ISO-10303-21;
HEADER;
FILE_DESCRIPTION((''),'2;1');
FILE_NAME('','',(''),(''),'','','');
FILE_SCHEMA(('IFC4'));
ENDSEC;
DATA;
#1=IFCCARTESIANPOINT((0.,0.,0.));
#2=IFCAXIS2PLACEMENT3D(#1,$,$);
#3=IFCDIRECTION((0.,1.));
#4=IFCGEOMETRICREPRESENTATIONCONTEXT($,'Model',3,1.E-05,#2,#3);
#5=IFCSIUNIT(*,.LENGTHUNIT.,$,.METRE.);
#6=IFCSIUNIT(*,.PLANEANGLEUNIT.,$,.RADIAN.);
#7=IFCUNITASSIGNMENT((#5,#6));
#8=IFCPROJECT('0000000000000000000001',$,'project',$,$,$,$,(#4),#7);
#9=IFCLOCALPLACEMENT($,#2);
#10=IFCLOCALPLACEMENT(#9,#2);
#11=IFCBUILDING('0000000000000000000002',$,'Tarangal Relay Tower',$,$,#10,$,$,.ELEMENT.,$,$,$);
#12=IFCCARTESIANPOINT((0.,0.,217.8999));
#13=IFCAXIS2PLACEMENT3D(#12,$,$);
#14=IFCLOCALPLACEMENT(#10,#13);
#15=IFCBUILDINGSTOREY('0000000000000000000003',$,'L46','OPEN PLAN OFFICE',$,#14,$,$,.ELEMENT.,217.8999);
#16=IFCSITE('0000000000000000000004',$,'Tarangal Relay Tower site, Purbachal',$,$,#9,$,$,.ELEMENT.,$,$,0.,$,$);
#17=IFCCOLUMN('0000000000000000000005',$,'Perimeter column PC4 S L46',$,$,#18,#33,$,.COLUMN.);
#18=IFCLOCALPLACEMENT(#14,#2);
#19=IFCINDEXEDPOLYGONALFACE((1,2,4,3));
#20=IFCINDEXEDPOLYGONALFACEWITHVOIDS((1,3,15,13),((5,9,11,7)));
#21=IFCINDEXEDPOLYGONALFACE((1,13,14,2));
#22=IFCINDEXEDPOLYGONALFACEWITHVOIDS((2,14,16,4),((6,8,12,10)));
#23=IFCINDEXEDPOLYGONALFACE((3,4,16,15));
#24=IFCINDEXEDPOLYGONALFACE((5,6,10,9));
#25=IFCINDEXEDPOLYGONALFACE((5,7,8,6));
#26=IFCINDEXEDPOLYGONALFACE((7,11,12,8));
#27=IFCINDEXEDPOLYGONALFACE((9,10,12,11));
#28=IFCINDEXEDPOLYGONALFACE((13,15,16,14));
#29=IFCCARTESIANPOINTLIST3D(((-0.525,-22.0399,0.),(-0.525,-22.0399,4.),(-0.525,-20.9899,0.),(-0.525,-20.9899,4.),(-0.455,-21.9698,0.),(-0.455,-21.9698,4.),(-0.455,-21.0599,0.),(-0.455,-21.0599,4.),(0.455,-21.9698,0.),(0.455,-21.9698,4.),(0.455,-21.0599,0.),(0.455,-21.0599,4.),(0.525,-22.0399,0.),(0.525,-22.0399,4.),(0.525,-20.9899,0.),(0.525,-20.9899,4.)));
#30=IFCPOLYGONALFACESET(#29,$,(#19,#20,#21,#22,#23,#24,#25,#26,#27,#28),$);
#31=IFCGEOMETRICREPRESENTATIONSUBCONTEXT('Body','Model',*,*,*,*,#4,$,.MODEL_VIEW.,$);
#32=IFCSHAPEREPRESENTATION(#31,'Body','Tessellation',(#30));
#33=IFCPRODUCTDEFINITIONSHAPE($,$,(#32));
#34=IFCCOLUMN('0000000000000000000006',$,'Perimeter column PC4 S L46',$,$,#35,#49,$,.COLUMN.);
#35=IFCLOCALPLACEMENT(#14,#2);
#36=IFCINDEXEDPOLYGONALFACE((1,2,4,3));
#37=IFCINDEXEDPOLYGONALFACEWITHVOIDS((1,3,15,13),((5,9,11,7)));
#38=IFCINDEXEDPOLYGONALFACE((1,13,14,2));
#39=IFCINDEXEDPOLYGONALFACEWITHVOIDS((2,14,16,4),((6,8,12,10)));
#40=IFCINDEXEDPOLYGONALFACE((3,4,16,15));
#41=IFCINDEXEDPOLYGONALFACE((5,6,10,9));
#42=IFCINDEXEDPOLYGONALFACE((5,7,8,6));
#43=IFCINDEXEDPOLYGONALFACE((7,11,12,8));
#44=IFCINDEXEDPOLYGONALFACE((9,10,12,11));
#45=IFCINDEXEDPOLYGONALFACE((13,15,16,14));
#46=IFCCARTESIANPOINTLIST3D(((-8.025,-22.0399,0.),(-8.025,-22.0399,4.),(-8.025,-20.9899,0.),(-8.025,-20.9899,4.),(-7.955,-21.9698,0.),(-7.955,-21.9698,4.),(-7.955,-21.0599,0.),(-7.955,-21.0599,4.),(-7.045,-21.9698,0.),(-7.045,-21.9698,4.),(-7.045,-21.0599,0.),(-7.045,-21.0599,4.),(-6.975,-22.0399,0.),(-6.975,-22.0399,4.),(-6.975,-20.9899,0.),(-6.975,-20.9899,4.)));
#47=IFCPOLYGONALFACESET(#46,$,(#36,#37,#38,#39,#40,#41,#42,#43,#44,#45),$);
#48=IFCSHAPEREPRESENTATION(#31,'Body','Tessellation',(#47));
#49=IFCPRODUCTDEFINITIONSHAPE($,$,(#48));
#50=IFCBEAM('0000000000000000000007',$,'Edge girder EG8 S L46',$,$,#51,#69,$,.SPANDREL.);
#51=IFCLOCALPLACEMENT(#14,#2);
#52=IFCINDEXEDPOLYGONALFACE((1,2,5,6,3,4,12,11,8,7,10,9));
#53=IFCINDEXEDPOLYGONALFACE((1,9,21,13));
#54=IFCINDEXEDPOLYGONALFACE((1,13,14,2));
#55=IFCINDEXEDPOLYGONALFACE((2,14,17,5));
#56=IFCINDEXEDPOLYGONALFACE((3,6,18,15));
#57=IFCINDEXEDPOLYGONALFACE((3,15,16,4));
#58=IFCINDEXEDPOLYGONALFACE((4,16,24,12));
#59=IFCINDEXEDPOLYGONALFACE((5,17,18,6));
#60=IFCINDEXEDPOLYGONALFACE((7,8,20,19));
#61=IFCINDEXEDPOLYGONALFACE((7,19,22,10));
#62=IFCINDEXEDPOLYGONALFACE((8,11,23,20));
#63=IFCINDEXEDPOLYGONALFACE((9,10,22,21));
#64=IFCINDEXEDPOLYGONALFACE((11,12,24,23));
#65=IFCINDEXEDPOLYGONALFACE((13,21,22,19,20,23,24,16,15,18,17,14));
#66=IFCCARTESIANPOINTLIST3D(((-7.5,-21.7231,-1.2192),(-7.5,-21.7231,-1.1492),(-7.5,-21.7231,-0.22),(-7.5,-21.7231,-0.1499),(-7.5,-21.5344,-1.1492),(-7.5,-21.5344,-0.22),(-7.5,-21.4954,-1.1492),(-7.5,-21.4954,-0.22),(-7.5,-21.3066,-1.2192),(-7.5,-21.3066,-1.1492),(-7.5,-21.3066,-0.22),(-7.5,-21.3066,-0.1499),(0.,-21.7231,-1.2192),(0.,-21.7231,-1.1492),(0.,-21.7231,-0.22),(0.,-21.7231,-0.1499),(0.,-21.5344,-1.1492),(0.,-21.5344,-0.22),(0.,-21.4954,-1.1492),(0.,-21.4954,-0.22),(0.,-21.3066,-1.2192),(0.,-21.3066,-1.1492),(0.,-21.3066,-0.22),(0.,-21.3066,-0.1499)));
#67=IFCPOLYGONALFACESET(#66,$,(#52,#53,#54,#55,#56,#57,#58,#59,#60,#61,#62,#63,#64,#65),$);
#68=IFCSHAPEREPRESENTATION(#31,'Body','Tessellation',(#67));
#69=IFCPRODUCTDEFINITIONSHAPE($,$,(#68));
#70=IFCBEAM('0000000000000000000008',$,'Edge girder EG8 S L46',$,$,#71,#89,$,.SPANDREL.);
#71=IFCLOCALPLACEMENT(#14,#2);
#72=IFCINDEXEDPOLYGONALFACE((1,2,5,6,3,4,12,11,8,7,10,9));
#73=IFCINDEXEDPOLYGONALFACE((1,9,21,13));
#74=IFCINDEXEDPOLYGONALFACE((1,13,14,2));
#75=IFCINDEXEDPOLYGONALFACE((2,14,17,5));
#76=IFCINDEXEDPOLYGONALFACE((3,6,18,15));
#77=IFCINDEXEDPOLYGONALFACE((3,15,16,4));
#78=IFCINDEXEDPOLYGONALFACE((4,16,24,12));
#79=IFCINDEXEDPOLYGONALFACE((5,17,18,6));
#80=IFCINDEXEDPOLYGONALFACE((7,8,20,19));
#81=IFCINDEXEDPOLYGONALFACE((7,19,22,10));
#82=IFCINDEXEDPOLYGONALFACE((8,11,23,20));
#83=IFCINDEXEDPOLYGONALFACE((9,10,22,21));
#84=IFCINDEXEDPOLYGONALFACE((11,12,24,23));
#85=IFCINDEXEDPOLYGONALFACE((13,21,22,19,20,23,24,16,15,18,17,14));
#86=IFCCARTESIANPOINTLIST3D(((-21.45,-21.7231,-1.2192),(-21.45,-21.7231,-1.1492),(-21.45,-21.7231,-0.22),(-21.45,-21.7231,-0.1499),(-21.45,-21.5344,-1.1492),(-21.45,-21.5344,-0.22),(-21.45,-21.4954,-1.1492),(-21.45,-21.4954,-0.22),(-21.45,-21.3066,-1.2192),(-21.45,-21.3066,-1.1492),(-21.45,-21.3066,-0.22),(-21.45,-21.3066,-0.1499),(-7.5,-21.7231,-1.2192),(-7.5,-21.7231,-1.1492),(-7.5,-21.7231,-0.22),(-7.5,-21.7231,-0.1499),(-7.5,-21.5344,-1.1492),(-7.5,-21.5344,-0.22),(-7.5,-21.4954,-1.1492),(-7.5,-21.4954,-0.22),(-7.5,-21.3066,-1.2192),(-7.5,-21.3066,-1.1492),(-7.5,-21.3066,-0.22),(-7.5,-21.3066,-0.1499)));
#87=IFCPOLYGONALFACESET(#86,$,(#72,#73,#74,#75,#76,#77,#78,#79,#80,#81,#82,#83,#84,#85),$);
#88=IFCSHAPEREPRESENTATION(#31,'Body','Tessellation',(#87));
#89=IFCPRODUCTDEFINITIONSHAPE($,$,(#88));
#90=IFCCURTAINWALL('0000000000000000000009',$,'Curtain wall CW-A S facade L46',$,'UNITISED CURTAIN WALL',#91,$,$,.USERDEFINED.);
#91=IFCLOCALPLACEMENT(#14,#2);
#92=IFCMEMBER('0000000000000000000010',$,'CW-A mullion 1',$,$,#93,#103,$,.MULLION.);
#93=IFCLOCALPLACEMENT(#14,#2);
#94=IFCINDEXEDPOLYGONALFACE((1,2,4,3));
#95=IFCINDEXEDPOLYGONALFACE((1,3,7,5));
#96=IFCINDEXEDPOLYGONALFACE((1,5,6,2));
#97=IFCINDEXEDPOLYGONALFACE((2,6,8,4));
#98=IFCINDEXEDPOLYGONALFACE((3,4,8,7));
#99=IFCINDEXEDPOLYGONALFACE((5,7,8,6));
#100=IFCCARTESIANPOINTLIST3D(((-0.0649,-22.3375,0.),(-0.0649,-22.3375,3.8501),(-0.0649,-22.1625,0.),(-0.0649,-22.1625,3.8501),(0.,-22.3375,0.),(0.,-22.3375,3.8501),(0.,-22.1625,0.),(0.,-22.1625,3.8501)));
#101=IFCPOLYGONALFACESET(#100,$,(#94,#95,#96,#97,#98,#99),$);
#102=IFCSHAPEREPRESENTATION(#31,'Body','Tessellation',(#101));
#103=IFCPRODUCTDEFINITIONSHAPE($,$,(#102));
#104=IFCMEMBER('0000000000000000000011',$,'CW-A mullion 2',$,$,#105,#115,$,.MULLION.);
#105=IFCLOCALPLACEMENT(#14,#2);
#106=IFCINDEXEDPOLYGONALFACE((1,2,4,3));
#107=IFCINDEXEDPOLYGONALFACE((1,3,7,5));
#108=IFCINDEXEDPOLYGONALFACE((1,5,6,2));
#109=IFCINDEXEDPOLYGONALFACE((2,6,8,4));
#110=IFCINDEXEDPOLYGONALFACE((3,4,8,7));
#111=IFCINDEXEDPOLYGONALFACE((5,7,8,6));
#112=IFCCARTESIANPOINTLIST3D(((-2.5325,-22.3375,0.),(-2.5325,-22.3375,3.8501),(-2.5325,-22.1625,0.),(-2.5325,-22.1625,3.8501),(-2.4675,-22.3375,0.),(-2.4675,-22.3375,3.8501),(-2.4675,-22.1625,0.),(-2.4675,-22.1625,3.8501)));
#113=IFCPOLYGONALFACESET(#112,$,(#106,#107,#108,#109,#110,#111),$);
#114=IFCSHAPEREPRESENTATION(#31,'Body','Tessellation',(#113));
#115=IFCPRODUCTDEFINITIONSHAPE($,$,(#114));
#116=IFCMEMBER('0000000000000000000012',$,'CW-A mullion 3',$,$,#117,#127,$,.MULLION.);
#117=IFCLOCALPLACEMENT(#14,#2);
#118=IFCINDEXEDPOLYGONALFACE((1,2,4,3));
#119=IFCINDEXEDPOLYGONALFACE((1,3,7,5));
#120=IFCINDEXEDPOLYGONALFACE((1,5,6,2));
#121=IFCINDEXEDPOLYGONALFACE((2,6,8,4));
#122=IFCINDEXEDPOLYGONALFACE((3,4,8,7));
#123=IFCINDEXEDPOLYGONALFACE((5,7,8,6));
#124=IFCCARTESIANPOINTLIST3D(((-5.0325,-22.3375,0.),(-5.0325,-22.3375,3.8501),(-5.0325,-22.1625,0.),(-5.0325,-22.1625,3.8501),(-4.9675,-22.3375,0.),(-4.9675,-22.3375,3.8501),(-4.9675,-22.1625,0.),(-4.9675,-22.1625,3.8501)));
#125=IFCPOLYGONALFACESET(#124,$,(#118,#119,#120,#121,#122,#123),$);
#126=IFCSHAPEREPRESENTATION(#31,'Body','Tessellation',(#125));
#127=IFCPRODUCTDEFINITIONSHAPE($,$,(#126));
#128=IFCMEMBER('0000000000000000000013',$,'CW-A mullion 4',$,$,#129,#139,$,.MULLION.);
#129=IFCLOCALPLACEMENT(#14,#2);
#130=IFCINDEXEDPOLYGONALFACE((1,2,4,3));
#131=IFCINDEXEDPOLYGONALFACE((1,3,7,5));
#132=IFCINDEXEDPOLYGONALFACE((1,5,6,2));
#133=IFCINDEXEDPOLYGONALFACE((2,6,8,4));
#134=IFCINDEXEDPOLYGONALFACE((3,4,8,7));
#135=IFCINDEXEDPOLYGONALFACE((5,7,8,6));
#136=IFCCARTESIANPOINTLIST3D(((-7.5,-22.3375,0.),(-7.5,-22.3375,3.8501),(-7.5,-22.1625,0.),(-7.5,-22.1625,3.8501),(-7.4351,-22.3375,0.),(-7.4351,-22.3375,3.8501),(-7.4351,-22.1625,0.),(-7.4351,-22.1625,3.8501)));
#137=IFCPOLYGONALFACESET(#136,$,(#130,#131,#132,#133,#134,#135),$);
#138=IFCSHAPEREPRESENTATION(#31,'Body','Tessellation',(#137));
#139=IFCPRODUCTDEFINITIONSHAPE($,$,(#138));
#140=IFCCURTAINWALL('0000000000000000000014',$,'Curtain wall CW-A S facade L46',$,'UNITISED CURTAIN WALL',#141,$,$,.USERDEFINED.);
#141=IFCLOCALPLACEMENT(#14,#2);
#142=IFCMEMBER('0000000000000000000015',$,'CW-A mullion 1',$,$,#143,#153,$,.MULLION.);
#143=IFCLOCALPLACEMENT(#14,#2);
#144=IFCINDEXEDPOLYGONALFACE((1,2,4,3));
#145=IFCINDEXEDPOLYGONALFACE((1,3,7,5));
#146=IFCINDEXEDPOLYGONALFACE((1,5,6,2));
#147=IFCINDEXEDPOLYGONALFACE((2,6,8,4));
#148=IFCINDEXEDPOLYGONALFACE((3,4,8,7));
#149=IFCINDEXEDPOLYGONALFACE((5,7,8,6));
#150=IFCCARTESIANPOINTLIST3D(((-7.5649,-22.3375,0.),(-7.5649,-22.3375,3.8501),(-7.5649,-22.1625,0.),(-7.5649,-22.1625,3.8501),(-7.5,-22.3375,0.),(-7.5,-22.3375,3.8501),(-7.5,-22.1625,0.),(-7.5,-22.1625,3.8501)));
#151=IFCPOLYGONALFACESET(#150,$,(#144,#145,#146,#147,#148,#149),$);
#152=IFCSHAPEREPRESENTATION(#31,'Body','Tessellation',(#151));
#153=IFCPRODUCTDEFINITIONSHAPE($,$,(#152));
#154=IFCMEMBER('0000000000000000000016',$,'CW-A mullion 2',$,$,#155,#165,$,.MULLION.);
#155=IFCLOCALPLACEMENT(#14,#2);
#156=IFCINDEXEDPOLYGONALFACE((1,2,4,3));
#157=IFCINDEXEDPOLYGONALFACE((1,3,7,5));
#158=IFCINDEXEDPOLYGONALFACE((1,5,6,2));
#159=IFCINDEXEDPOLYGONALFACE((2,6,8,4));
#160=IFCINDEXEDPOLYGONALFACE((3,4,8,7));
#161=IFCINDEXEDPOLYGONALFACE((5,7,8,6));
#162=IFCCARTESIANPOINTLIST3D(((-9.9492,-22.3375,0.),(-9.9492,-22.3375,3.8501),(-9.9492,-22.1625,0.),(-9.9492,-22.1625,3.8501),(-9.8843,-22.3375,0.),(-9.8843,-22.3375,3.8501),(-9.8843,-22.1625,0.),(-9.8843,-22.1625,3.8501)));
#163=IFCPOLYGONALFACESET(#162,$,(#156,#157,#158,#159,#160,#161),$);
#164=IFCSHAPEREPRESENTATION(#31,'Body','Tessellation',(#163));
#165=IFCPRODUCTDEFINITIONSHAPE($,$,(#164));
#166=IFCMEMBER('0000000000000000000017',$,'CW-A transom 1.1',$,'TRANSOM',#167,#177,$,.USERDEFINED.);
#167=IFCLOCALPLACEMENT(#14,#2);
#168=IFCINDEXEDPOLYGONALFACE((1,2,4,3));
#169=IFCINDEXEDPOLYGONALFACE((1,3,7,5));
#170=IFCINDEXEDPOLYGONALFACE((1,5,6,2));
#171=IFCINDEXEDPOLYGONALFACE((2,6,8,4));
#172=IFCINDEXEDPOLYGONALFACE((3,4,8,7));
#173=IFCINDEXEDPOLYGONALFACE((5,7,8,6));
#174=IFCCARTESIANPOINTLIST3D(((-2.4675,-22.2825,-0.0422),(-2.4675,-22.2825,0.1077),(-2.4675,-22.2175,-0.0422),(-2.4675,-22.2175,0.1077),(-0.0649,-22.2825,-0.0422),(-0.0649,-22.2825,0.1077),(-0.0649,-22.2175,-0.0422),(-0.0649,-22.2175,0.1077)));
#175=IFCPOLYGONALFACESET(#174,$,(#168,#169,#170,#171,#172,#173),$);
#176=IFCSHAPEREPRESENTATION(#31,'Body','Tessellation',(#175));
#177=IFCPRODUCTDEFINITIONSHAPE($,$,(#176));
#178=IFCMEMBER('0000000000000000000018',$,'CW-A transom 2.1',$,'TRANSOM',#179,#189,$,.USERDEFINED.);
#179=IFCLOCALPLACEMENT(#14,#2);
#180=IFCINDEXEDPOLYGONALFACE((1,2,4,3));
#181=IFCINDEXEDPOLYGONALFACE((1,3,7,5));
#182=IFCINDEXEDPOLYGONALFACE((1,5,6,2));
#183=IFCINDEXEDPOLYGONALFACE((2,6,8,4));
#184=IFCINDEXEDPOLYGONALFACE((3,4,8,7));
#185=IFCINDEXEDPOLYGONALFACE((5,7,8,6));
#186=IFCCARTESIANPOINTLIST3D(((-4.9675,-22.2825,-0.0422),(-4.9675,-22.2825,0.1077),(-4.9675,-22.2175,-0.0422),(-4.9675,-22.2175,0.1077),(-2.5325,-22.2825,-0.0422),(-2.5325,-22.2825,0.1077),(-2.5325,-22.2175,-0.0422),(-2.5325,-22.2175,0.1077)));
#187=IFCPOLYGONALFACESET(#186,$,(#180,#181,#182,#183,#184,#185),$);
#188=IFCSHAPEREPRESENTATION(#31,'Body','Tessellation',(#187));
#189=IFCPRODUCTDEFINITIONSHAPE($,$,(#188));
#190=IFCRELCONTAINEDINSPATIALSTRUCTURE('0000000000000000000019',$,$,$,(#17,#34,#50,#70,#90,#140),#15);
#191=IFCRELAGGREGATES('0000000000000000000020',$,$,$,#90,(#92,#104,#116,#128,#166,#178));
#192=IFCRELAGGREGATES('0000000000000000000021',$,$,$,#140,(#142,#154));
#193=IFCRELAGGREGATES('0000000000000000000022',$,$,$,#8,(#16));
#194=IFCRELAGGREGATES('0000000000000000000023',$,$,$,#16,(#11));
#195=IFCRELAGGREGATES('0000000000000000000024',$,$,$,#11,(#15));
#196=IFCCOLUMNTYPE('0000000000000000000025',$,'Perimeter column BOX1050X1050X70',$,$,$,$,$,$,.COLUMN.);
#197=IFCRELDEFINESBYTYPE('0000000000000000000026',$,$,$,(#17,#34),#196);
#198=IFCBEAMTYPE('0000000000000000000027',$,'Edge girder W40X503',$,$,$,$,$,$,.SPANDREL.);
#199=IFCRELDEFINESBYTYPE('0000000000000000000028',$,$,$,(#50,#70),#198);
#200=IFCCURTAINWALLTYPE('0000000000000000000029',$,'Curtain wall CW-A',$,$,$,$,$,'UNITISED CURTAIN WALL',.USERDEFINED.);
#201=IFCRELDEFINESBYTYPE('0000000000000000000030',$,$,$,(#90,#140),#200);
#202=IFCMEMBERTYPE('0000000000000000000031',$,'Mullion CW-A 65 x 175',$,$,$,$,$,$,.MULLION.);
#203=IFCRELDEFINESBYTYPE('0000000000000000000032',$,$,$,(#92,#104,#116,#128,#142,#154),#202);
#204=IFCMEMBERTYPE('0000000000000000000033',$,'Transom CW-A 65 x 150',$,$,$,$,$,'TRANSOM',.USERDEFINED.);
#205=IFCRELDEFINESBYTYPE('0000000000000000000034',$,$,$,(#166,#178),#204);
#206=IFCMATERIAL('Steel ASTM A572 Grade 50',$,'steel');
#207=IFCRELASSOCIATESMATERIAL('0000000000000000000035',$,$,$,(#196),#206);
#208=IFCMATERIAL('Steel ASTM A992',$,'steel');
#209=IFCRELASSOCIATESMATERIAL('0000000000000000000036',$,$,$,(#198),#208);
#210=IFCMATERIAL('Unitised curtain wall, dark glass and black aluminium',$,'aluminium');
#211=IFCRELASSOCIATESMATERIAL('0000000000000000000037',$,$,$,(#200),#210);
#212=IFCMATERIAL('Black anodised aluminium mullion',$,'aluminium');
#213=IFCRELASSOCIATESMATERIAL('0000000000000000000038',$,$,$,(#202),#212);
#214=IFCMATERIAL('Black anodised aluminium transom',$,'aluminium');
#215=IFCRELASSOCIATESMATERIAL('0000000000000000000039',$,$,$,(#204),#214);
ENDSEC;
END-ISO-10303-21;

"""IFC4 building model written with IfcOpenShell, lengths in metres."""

from ifc_helpers import new_model, si_unit, direction, frame, origin, origin_2d, place, context, subcontext, project, spatial, rectangle, hollow_rectangle, i_section, extrude, material, material_profile, profile_set, type_object, element, aggregate, save


model = new_model("IFC4")

# Units and contexts
model_context = context("Model", 3, precision=1e-05, world=origin(), true_north=direction((0.0, 1.0)))
body_context = subcontext(model_context, "Body", "Model", "MODEL_VIEW")
ifc_project = project(units=[si_unit("LENGTHUNIT", "METRE"), si_unit("PLANEANGLEUNIT", "RADIAN")], contexts=[model_context])

# Site, building, storey
site_placement = place(None, origin())
site = spatial("IfcSite", under=ifc_project, at=site_placement, Name="Tarangal Relay Tower site, Purbachal", CompositionType="ELEMENT", RefElevation=0.0)
building_placement = place(site_placement, origin())
building = spatial("IfcBuilding", under=site, at=building_placement, Name="Tarangal Relay Tower", CompositionType="ELEMENT")
storey_placement = place(building_placement, frame((0.0, 0.0, 217.8999)))
storey = spatial("IfcBuildingStorey", under=building, at=storey_placement, Name="L46", Description="OPEN PLAN OFFICE", CompositionType="ELEMENT", Elevation=217.8999)

# Columns
ifc_material_1 = material(Name="Steel ASTM A572 Grade 50", Category="steel")
ifc_material_profile_1 = material_profile(ifc_material_1, hollow_rectangle(XDim=1.05, YDim=1.05, WallThickness=0.0701, at=origin_2d()), Name="BOX1050X1050X70")
ifc_profile_set_1 = profile_set([ifc_material_profile_1], Name="Steel ASTM A572 Grade 50")
column_type = type_object("IfcColumnType", Name="Perimeter column BOX1050X1050X70", PredefinedType="COLUMN", material=ifc_profile_set_1)
for number, where, z_axis, x_axis, name in (
    (1, (0.0, -21.5149, 0.0), (0.0, 0.0, 1.0), (1.0, 0.0, 0.0), "Perimeter column PC4 S L46"),
    (2, (-7.5, -21.5149, 0.0), (0.0, 0.0, 1.0), (1.0, 0.0, 0.0), "Perimeter column PC4 S L46"),
):
    element("IfcColumn", number, at=place(storey_placement, frame(where, z_axis=z_axis, x_axis=x_axis)), inside=storey, type_object=column_type, Name=name, PredefinedType="COLUMN", context=body_context, shape_type="SweptSolid", body=[
        extrude(hollow_rectangle(XDim=1.05, YDim=1.05, WallThickness=0.0701, at=origin_2d()), origin(), (0.0, 0.0, 1.0), 4.0),
    ])

# Beams
ifc_material_2 = material(Name="Steel ASTM A992", Category="steel")
ifc_material_profile_2 = material_profile(ifc_material_2, i_section(OverallWidth=0.4165, OverallDepth=1.0693, WebThickness=0.0391, FlangeThickness=0.0701, at=origin_2d()), Name="W40X503")
ifc_profile_set_2 = profile_set([ifc_material_profile_2], Name="Steel ASTM A992")
beam_type = type_object("IfcBeamType", Name="Edge girder W40X503", PredefinedType="SPANDREL", material=ifc_profile_set_2)
beam_1_placement = place(storey_placement, frame((0.0, -21.5149, -0.6846), z_axis=(-1.0, 0.0, 0.0), x_axis=(0.0, -1.0, 0.0)))
element("IfcBeam", 3, at=beam_1_placement, inside=storey, type_object=beam_type, Name="Edge girder EG8 S L46", PredefinedType="SPANDREL", context=body_context, shape_type="SweptSolid", body=[
    extrude(i_section(OverallWidth=0.4165, OverallDepth=1.0693, WebThickness=0.0391, FlangeThickness=0.0701, at=origin_2d()), origin(), (0.0, 0.0, 1.0), 7.5),
])
beam_2_placement = place(storey_placement, frame((-7.5, -21.5149, -0.6846), z_axis=(-1.0, 0.0, 0.0), x_axis=(0.0, -1.0, 0.0)))
element("IfcBeam", 4, at=beam_2_placement, inside=storey, type_object=beam_type, Name="Edge girder EG8 S L46", PredefinedType="SPANDREL", context=body_context, shape_type="SweptSolid", body=[
    extrude(i_section(OverallWidth=0.4165, OverallDepth=1.0693, WebThickness=0.0391, FlangeThickness=0.0701, at=origin_2d()), origin(), (0.0, 0.0, 1.0), 13.95),
])

# Curtain walls, members
ifc_material_3 = material(Name="Unitised curtain wall, dark glass and black aluminium", Category="aluminium")
curtain_wall_type = type_object("IfcCurtainWallType", Name="Curtain wall CW-A", ElementType="UNITISED CURTAIN WALL", PredefinedType="USERDEFINED", material=ifc_material_3)
curtain_wall_1_placement = place(storey_placement, origin())
curtain_wall_1 = element("IfcCurtainWall", 5, at=curtain_wall_1_placement, inside=storey, type_object=curtain_wall_type, Name="Curtain wall CW-A S facade L46", ObjectType="UNITISED CURTAIN WALL", PredefinedType="USERDEFINED")
ifc_material_4 = material(Name="Black anodised aluminium mullion", Category="aluminium")
ifc_material_profile_3 = material_profile(ifc_material_4, rectangle(XDim=0.175, YDim=0.0649, at=origin_2d()), Name="CW-AM 65X175")
ifc_profile_set_3 = profile_set([ifc_material_profile_3], Name="Black anodised aluminium mullion")
member_type_1 = type_object("IfcMemberType", Name="Mullion CW-A 65 x 175", PredefinedType="MULLION", material=ifc_profile_set_3)
member_1_placement = place(storey_placement, frame((-0.0325, -22.25, 0.0), z_axis=(0.0, 0.0, 1.0), x_axis=(0.0, -1.0, 0.0)))
member_1 = element("IfcMember", 6, at=member_1_placement, type_object=member_type_1, Name="CW-A mullion 1", PredefinedType="MULLION", context=body_context, shape_type="SweptSolid", body=[
    extrude(rectangle(XDim=0.175, YDim=0.0649, at=origin_2d()), origin(), (0.0, 0.0, 1.0), 3.8501),
])
member_2_placement = place(storey_placement, frame((-2.5, -22.25, 0.0), z_axis=(0.0, 0.0, 1.0), x_axis=(0.0, -1.0, 0.0)))
member_2 = element("IfcMember", 7, at=member_2_placement, type_object=member_type_1, Name="CW-A mullion 2", PredefinedType="MULLION", context=body_context, shape_type="SweptSolid", body=[
    extrude(rectangle(XDim=0.175, YDim=0.0649, at=origin_2d()), origin(), (0.0, 0.0, 1.0), 3.8501),
])
member_3_placement = place(storey_placement, frame((-5.0, -22.25, 0.0), z_axis=(0.0, 0.0, 1.0), x_axis=(0.0, -1.0, 0.0)))
member_3 = element("IfcMember", 8, at=member_3_placement, type_object=member_type_1, Name="CW-A mullion 3", PredefinedType="MULLION", context=body_context, shape_type="SweptSolid", body=[
    extrude(rectangle(XDim=0.175, YDim=0.0649, at=origin_2d()), origin(), (0.0, 0.0, 1.0), 3.8501),
])
member_4_placement = place(storey_placement, frame((-7.4675, -22.25, 0.0), z_axis=(0.0, 0.0, 1.0), x_axis=(0.0, -1.0, 0.0)))
member_4 = element("IfcMember", 9, at=member_4_placement, type_object=member_type_1, Name="CW-A mullion 4", PredefinedType="MULLION", context=body_context, shape_type="SweptSolid", body=[
    extrude(rectangle(XDim=0.175, YDim=0.0649, at=origin_2d()), origin(), (0.0, 0.0, 1.0), 3.8501),
])
curtain_wall_2_placement = place(storey_placement, origin())
curtain_wall_2 = element("IfcCurtainWall", 10, at=curtain_wall_2_placement, inside=storey, type_object=curtain_wall_type, Name="Curtain wall CW-A S facade L46", ObjectType="UNITISED CURTAIN WALL", PredefinedType="USERDEFINED")
member_5_placement = place(storey_placement, frame((-7.5325, -22.25, 0.0), z_axis=(0.0, 0.0, 1.0), x_axis=(0.0, -1.0, 0.0)))
member_5 = element("IfcMember", 11, at=member_5_placement, type_object=member_type_1, Name="CW-A mullion 1", PredefinedType="MULLION", context=body_context, shape_type="SweptSolid", body=[
    extrude(rectangle(XDim=0.175, YDim=0.0649, at=origin_2d()), origin(), (0.0, 0.0, 1.0), 3.8501),
])
member_6_placement = place(storey_placement, frame((-9.9167, -22.25, 0.0), z_axis=(0.0, 0.0, 1.0), x_axis=(0.0, -1.0, 0.0)))
member_6 = element("IfcMember", 12, at=member_6_placement, type_object=member_type_1, Name="CW-A mullion 2", PredefinedType="MULLION", context=body_context, shape_type="SweptSolid", body=[
    extrude(rectangle(XDim=0.175, YDim=0.0649, at=origin_2d()), origin(), (0.0, 0.0, 1.0), 3.8501),
])

# Members
ifc_material_5 = material(Name="Black anodised aluminium transom", Category="aluminium")
ifc_material_profile_4 = material_profile(ifc_material_5, rectangle(XDim=0.0649, YDim=0.1499, at=origin_2d()), Name="CW-AT 65X150")
ifc_profile_set_4 = profile_set([ifc_material_profile_4], Name="Black anodised aluminium transom")
member_type_2 = type_object("IfcMemberType", Name="Transom CW-A 65 x 150", ElementType="TRANSOM", PredefinedType="USERDEFINED", material=ifc_profile_set_4)
member_7_placement = place(storey_placement, frame((-0.0649, -22.25, 0.0327), z_axis=(-1.0, 0.0, 0.0), x_axis=(0.0, -1.0, 0.0)))
member_7 = element("IfcMember", 13, at=member_7_placement, type_object=member_type_2, Name="CW-A transom 1.1", ObjectType="TRANSOM", PredefinedType="USERDEFINED", context=body_context, shape_type="SweptSolid", body=[
    extrude(rectangle(XDim=0.0649, YDim=0.1499, at=origin_2d()), origin(), (0.0, 0.0, 1.0), 2.4026),
])
member_8_placement = place(storey_placement, frame((-2.5325, -22.25, 0.0327), z_axis=(-1.0, 0.0, 0.0), x_axis=(0.0, -1.0, 0.0)))
member_8 = element("IfcMember", 14, at=member_8_placement, type_object=member_type_2, Name="CW-A transom 2.1", ObjectType="TRANSOM", PredefinedType="USERDEFINED", context=body_context, shape_type="SweptSolid", body=[
    extrude(rectangle(XDim=0.0649, YDim=0.1499, at=origin_2d()), origin(), (0.0, 0.0, 1.0), 2.4351),
])

aggregate(curtain_wall_1, [member_1, member_2, member_3, member_4, member_7, member_8])
aggregate(curtain_wall_2, [member_5, member_6])

save(model, "model.ifc")
